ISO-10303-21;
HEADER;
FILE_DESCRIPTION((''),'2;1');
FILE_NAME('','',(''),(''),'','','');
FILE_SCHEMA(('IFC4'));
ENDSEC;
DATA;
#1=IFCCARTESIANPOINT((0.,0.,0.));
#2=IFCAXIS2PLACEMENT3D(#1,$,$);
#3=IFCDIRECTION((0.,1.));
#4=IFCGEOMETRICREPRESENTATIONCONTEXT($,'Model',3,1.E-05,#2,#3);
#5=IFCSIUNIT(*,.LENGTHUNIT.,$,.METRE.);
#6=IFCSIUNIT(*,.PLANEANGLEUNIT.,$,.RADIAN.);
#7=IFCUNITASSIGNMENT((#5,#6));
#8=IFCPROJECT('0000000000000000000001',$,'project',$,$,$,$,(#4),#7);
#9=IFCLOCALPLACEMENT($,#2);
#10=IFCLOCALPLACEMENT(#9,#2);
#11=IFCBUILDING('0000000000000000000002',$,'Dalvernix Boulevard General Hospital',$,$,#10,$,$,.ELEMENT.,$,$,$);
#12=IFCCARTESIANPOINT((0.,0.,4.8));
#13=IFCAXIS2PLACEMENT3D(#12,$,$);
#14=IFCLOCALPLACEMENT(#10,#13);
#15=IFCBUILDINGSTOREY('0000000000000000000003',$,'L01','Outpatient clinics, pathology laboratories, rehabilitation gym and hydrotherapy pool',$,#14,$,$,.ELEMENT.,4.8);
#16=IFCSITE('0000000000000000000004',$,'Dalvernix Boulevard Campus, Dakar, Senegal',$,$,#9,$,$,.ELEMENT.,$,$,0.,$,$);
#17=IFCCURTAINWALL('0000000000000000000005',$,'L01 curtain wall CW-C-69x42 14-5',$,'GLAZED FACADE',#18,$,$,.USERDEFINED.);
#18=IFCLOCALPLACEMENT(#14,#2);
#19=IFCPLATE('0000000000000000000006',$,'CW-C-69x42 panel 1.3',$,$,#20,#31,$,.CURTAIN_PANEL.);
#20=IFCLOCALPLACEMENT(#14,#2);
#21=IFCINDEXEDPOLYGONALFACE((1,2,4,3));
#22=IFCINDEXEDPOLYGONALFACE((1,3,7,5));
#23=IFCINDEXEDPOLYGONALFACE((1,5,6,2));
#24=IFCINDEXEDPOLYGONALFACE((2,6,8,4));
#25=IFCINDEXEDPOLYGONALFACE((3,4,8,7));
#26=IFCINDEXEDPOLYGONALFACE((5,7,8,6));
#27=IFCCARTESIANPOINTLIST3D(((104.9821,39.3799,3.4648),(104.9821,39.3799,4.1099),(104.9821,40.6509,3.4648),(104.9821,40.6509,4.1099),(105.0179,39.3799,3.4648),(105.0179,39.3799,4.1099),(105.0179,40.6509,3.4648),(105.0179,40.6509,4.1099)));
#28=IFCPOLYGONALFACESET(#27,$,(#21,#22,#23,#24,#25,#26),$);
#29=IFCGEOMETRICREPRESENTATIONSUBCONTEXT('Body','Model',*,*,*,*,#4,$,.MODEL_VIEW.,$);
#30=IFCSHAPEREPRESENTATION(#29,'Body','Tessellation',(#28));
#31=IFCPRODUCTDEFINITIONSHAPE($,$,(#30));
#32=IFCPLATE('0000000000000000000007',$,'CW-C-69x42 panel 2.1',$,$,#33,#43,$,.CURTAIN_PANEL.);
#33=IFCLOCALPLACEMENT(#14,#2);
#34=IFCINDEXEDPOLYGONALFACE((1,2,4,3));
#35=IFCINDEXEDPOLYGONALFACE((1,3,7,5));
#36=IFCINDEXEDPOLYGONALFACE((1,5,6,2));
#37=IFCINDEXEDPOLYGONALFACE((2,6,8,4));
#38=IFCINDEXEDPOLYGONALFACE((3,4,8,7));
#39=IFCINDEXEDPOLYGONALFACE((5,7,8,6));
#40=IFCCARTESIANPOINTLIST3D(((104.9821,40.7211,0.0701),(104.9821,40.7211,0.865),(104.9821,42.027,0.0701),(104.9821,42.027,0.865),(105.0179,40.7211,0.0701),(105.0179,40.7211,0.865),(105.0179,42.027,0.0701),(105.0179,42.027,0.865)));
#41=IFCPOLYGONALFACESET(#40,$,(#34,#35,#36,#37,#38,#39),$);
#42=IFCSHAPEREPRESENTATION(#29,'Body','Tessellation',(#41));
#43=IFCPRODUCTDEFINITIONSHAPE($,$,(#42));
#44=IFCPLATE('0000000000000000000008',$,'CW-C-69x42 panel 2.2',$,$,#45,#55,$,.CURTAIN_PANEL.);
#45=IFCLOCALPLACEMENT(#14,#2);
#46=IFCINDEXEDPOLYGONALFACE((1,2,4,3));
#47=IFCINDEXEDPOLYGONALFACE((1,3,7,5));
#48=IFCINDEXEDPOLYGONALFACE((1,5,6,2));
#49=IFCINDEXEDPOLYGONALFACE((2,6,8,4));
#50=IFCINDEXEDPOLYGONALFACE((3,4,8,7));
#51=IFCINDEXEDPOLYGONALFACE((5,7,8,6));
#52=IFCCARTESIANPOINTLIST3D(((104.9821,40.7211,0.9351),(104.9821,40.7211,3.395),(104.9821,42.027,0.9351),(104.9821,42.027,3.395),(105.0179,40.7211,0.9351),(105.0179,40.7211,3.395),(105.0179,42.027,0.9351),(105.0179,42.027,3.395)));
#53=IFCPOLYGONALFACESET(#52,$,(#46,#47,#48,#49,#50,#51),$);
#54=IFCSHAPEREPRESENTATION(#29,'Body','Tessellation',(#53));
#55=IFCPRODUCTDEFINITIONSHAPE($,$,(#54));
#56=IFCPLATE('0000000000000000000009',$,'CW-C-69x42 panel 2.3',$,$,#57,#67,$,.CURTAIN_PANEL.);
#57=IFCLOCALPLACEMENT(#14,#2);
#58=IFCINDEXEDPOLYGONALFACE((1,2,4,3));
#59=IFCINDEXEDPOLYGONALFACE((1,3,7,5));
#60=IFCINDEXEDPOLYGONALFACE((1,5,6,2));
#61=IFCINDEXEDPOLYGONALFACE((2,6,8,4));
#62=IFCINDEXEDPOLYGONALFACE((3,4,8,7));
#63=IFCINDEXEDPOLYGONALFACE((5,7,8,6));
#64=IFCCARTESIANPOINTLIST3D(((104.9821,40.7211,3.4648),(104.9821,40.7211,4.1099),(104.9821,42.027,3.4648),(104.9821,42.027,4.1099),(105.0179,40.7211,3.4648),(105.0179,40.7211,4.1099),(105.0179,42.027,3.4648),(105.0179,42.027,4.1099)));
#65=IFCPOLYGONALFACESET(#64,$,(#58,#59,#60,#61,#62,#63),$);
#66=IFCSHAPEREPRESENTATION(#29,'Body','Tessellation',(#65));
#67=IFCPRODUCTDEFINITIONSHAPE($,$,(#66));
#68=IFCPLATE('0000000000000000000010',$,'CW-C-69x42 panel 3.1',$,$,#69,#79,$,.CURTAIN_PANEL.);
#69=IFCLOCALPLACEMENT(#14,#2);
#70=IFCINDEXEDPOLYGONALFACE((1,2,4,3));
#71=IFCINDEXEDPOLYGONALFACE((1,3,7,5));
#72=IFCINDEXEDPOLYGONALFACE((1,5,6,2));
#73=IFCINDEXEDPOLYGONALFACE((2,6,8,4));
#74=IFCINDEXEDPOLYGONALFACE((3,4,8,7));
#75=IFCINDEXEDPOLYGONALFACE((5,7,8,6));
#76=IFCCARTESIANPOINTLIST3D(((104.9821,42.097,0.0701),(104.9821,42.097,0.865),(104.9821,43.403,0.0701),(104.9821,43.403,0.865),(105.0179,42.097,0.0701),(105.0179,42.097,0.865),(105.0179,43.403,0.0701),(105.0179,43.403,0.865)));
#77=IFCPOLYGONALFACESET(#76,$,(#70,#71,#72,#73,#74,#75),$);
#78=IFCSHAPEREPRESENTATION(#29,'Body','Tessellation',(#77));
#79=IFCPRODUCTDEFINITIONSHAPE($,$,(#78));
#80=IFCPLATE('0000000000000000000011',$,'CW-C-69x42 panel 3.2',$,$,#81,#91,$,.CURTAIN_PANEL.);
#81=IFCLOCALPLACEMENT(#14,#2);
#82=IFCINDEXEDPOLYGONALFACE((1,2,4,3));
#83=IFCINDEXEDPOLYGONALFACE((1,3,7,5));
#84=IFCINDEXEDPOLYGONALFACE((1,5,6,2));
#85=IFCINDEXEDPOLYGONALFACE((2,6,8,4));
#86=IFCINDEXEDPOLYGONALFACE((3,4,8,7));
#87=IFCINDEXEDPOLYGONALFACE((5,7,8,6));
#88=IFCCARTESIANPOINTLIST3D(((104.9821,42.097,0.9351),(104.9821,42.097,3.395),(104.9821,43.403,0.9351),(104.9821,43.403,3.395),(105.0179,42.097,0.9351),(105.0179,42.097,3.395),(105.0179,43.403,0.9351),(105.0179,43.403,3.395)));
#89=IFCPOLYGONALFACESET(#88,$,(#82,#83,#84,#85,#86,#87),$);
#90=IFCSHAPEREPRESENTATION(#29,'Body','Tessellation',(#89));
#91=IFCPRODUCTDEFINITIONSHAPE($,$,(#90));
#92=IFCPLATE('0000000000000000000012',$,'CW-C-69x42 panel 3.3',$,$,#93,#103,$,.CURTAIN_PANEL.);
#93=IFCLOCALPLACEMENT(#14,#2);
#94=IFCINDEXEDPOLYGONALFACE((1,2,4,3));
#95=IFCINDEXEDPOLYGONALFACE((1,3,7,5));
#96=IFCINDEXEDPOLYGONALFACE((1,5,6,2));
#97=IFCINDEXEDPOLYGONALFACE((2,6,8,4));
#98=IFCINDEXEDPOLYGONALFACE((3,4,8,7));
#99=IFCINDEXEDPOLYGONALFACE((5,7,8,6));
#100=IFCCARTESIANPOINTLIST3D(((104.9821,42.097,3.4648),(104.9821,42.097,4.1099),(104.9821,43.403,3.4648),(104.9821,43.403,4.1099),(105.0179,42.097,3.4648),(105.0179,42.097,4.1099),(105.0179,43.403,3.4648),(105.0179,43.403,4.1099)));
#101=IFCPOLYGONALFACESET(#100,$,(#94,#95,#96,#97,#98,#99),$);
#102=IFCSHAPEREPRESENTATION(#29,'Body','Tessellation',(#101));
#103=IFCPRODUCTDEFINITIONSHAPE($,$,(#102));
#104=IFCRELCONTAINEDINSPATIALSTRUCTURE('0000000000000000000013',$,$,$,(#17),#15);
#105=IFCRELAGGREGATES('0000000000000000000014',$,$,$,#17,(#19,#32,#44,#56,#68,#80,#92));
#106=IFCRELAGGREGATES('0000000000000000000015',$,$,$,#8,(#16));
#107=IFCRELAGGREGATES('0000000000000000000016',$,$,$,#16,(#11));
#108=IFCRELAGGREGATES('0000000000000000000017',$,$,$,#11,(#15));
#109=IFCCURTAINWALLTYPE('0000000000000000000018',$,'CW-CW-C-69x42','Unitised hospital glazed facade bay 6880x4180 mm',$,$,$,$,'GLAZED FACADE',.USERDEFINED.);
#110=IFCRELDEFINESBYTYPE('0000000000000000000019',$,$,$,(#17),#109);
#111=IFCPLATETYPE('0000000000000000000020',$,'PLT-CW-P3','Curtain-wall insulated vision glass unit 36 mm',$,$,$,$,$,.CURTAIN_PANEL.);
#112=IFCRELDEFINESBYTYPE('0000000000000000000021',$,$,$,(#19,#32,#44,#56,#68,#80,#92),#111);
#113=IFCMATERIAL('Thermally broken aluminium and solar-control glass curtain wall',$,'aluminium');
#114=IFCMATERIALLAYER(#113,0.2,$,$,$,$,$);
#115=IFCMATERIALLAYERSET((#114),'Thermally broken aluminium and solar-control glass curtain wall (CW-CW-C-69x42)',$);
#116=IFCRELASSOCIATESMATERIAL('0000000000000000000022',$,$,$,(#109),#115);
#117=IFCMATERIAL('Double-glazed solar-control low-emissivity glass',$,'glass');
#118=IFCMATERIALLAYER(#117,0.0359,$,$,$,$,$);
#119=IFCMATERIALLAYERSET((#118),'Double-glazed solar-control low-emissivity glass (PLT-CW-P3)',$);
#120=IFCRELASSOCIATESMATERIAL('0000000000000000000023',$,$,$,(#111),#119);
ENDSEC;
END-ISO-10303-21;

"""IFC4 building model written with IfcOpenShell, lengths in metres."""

from ifc_helpers import new_model, si_unit, direction, frame, origin, origin_2d, place, context, subcontext, project, spatial, rectangle, extrude, material, layer, layer_set, type_object, element, aggregate, save


model = new_model("IFC4")

# Units and contexts
model_context = context("Model", 3, precision=1e-05, world=origin(), true_north=direction((0.0, 1.0)))
body_context = subcontext(model_context, "Body", "Model", "MODEL_VIEW")
ifc_project = project(units=[si_unit("LENGTHUNIT", "METRE"), si_unit("PLANEANGLEUNIT", "RADIAN")], contexts=[model_context])

# Site, building, storey
site_placement = place(None, origin())
site = spatial("IfcSite", under=ifc_project, at=site_placement, Name="Dalvernix Boulevard Campus, Dakar, Senegal", CompositionType="ELEMENT", RefElevation=0.0)
building_placement = place(site_placement, origin())
building = spatial("IfcBuilding", under=site, at=building_placement, Name="Dalvernix Boulevard General Hospital", CompositionType="ELEMENT")
storey_placement = place(building_placement, frame((0.0, 0.0, 4.8)))
storey = spatial("IfcBuildingStorey", under=building, at=storey_placement, Name="L01", Description="Outpatient clinics, pathology laboratories, rehabilitation gym and hydrotherapy pool", CompositionType="ELEMENT", Elevation=4.8)

# Curtain wall, plates
ifc_material_1 = material(Name="Thermally broken aluminium and solar-control glass curtain wall", Category="aluminium")
ifc_layer_1 = layer(ifc_material_1, 0.2)
ifc_layer_set_1 = layer_set([ifc_layer_1], Name="Thermally broken aluminium and solar-control glass curtain wall (CW-CW-C-69x42)")
curtain_wall_type = type_object("IfcCurtainWallType", Name="CW-CW-C-69x42", Description="Unitised hospital glazed facade bay 6880x4180 mm", ElementType="GLAZED FACADE", PredefinedType="USERDEFINED", material=ifc_layer_set_1)
curtain_wall_placement = place(storey_placement, origin())
curtain_wall = element("IfcCurtainWall", 1, at=curtain_wall_placement, inside=storey, type_object=curtain_wall_type, Name="L01 curtain wall CW-C-69x42 14-5", ObjectType="GLAZED FACADE", PredefinedType="USERDEFINED")
ifc_material_2 = material(Name="Double-glazed solar-control low-emissivity glass", Category="glass")
ifc_layer_2 = layer(ifc_material_2, 0.0359)
ifc_layer_set_2 = layer_set([ifc_layer_2], Name="Double-glazed solar-control low-emissivity glass (PLT-CW-P3)")
plate_type = type_object("IfcPlateType", Name="PLT-CW-P3", Description="Curtain-wall insulated vision glass unit 36 mm", PredefinedType="CURTAIN_PANEL", material=ifc_layer_set_2)
plate_1_placement = place(storey_placement, frame((105.0, 40.0154, 3.4648), z_axis=(0.0, 0.0, 1.0), x_axis=(0.0, 1.0, 0.0)))
plate_1 = element("IfcPlate", 2, at=plate_1_placement, type_object=plate_type, Name="CW-C-69x42 panel 1.3", PredefinedType="CURTAIN_PANEL", context=body_context, shape_type="SweptSolid", body=[
    extrude(rectangle(XDim=1.271, YDim=0.0359, at=origin_2d()), origin(), (0.0, 0.0, 1.0), 0.645),
])
plate_2_placement = place(storey_placement, frame((105.0, 41.374, 0.0701), z_axis=(0.0, 0.0, 1.0), x_axis=(0.0, 1.0, 0.0)))
plate_2 = element("IfcPlate", 3, at=plate_2_placement, type_object=plate_type, Name="CW-C-69x42 panel 2.1", PredefinedType="CURTAIN_PANEL", context=body_context, shape_type="SweptSolid", body=[
    extrude(rectangle(XDim=1.3059, YDim=0.0359, at=origin_2d()), origin(), (0.0, 0.0, 1.0), 0.7949),
])
plate_3_placement = place(storey_placement, frame((105.0, 41.374, 0.9351), z_axis=(0.0, 0.0, 1.0), x_axis=(0.0, 1.0, 0.0)))
plate_3 = element("IfcPlate", 4, at=plate_3_placement, type_object=plate_type, Name="CW-C-69x42 panel 2.2", PredefinedType="CURTAIN_PANEL", context=body_context, shape_type="SweptSolid", body=[
    extrude(rectangle(XDim=1.3059, YDim=0.0359, at=origin_2d()), origin(), (0.0, 0.0, 1.0), 2.46),
])
plate_4_placement = place(storey_placement, frame((105.0, 41.374, 3.4648), z_axis=(0.0, 0.0, 1.0), x_axis=(0.0, 1.0, 0.0)))
plate_4 = element("IfcPlate", 5, at=plate_4_placement, type_object=plate_type, Name="CW-C-69x42 panel 2.3", PredefinedType="CURTAIN_PANEL", context=body_context, shape_type="SweptSolid", body=[
    extrude(rectangle(XDim=1.3059, YDim=0.0359, at=origin_2d()), origin(), (0.0, 0.0, 1.0), 0.645),
])
plate_5_placement = place(storey_placement, frame((105.0, 42.75, 0.0701), z_axis=(0.0, 0.0, 1.0), x_axis=(0.0, 1.0, 0.0)))
plate_5 = element("IfcPlate", 6, at=plate_5_placement, type_object=plate_type, Name="CW-C-69x42 panel 3.1", PredefinedType="CURTAIN_PANEL", context=body_context, shape_type="SweptSolid", body=[
    extrude(rectangle(XDim=1.3059, YDim=0.0359, at=origin_2d()), origin(), (0.0, 0.0, 1.0), 0.7949),
])
plate_6_placement = place(storey_placement, frame((105.0, 42.75, 0.9351), z_axis=(0.0, 0.0, 1.0), x_axis=(0.0, 1.0, 0.0)))
plate_6 = element("IfcPlate", 7, at=plate_6_placement, type_object=plate_type, Name="CW-C-69x42 panel 3.2", PredefinedType="CURTAIN_PANEL", context=body_context, shape_type="SweptSolid", body=[
    extrude(rectangle(XDim=1.3059, YDim=0.0359, at=origin_2d()), origin(), (0.0, 0.0, 1.0), 2.46),
])
plate_7_placement = place(storey_placement, frame((105.0, 42.75, 3.4648), z_axis=(0.0, 0.0, 1.0), x_axis=(0.0, 1.0, 0.0)))
plate_7 = element("IfcPlate", 8, at=plate_7_placement, type_object=plate_type, Name="CW-C-69x42 panel 3.3", PredefinedType="CURTAIN_PANEL", context=body_context, shape_type="SweptSolid", body=[
    extrude(rectangle(XDim=1.3059, YDim=0.0359, at=origin_2d()), origin(), (0.0, 0.0, 1.0), 0.645),
])
aggregate(curtain_wall, [plate_1, plate_2, plate_3, plate_4, plate_5, plate_6, plate_7])

save(model, "model.ifc")
